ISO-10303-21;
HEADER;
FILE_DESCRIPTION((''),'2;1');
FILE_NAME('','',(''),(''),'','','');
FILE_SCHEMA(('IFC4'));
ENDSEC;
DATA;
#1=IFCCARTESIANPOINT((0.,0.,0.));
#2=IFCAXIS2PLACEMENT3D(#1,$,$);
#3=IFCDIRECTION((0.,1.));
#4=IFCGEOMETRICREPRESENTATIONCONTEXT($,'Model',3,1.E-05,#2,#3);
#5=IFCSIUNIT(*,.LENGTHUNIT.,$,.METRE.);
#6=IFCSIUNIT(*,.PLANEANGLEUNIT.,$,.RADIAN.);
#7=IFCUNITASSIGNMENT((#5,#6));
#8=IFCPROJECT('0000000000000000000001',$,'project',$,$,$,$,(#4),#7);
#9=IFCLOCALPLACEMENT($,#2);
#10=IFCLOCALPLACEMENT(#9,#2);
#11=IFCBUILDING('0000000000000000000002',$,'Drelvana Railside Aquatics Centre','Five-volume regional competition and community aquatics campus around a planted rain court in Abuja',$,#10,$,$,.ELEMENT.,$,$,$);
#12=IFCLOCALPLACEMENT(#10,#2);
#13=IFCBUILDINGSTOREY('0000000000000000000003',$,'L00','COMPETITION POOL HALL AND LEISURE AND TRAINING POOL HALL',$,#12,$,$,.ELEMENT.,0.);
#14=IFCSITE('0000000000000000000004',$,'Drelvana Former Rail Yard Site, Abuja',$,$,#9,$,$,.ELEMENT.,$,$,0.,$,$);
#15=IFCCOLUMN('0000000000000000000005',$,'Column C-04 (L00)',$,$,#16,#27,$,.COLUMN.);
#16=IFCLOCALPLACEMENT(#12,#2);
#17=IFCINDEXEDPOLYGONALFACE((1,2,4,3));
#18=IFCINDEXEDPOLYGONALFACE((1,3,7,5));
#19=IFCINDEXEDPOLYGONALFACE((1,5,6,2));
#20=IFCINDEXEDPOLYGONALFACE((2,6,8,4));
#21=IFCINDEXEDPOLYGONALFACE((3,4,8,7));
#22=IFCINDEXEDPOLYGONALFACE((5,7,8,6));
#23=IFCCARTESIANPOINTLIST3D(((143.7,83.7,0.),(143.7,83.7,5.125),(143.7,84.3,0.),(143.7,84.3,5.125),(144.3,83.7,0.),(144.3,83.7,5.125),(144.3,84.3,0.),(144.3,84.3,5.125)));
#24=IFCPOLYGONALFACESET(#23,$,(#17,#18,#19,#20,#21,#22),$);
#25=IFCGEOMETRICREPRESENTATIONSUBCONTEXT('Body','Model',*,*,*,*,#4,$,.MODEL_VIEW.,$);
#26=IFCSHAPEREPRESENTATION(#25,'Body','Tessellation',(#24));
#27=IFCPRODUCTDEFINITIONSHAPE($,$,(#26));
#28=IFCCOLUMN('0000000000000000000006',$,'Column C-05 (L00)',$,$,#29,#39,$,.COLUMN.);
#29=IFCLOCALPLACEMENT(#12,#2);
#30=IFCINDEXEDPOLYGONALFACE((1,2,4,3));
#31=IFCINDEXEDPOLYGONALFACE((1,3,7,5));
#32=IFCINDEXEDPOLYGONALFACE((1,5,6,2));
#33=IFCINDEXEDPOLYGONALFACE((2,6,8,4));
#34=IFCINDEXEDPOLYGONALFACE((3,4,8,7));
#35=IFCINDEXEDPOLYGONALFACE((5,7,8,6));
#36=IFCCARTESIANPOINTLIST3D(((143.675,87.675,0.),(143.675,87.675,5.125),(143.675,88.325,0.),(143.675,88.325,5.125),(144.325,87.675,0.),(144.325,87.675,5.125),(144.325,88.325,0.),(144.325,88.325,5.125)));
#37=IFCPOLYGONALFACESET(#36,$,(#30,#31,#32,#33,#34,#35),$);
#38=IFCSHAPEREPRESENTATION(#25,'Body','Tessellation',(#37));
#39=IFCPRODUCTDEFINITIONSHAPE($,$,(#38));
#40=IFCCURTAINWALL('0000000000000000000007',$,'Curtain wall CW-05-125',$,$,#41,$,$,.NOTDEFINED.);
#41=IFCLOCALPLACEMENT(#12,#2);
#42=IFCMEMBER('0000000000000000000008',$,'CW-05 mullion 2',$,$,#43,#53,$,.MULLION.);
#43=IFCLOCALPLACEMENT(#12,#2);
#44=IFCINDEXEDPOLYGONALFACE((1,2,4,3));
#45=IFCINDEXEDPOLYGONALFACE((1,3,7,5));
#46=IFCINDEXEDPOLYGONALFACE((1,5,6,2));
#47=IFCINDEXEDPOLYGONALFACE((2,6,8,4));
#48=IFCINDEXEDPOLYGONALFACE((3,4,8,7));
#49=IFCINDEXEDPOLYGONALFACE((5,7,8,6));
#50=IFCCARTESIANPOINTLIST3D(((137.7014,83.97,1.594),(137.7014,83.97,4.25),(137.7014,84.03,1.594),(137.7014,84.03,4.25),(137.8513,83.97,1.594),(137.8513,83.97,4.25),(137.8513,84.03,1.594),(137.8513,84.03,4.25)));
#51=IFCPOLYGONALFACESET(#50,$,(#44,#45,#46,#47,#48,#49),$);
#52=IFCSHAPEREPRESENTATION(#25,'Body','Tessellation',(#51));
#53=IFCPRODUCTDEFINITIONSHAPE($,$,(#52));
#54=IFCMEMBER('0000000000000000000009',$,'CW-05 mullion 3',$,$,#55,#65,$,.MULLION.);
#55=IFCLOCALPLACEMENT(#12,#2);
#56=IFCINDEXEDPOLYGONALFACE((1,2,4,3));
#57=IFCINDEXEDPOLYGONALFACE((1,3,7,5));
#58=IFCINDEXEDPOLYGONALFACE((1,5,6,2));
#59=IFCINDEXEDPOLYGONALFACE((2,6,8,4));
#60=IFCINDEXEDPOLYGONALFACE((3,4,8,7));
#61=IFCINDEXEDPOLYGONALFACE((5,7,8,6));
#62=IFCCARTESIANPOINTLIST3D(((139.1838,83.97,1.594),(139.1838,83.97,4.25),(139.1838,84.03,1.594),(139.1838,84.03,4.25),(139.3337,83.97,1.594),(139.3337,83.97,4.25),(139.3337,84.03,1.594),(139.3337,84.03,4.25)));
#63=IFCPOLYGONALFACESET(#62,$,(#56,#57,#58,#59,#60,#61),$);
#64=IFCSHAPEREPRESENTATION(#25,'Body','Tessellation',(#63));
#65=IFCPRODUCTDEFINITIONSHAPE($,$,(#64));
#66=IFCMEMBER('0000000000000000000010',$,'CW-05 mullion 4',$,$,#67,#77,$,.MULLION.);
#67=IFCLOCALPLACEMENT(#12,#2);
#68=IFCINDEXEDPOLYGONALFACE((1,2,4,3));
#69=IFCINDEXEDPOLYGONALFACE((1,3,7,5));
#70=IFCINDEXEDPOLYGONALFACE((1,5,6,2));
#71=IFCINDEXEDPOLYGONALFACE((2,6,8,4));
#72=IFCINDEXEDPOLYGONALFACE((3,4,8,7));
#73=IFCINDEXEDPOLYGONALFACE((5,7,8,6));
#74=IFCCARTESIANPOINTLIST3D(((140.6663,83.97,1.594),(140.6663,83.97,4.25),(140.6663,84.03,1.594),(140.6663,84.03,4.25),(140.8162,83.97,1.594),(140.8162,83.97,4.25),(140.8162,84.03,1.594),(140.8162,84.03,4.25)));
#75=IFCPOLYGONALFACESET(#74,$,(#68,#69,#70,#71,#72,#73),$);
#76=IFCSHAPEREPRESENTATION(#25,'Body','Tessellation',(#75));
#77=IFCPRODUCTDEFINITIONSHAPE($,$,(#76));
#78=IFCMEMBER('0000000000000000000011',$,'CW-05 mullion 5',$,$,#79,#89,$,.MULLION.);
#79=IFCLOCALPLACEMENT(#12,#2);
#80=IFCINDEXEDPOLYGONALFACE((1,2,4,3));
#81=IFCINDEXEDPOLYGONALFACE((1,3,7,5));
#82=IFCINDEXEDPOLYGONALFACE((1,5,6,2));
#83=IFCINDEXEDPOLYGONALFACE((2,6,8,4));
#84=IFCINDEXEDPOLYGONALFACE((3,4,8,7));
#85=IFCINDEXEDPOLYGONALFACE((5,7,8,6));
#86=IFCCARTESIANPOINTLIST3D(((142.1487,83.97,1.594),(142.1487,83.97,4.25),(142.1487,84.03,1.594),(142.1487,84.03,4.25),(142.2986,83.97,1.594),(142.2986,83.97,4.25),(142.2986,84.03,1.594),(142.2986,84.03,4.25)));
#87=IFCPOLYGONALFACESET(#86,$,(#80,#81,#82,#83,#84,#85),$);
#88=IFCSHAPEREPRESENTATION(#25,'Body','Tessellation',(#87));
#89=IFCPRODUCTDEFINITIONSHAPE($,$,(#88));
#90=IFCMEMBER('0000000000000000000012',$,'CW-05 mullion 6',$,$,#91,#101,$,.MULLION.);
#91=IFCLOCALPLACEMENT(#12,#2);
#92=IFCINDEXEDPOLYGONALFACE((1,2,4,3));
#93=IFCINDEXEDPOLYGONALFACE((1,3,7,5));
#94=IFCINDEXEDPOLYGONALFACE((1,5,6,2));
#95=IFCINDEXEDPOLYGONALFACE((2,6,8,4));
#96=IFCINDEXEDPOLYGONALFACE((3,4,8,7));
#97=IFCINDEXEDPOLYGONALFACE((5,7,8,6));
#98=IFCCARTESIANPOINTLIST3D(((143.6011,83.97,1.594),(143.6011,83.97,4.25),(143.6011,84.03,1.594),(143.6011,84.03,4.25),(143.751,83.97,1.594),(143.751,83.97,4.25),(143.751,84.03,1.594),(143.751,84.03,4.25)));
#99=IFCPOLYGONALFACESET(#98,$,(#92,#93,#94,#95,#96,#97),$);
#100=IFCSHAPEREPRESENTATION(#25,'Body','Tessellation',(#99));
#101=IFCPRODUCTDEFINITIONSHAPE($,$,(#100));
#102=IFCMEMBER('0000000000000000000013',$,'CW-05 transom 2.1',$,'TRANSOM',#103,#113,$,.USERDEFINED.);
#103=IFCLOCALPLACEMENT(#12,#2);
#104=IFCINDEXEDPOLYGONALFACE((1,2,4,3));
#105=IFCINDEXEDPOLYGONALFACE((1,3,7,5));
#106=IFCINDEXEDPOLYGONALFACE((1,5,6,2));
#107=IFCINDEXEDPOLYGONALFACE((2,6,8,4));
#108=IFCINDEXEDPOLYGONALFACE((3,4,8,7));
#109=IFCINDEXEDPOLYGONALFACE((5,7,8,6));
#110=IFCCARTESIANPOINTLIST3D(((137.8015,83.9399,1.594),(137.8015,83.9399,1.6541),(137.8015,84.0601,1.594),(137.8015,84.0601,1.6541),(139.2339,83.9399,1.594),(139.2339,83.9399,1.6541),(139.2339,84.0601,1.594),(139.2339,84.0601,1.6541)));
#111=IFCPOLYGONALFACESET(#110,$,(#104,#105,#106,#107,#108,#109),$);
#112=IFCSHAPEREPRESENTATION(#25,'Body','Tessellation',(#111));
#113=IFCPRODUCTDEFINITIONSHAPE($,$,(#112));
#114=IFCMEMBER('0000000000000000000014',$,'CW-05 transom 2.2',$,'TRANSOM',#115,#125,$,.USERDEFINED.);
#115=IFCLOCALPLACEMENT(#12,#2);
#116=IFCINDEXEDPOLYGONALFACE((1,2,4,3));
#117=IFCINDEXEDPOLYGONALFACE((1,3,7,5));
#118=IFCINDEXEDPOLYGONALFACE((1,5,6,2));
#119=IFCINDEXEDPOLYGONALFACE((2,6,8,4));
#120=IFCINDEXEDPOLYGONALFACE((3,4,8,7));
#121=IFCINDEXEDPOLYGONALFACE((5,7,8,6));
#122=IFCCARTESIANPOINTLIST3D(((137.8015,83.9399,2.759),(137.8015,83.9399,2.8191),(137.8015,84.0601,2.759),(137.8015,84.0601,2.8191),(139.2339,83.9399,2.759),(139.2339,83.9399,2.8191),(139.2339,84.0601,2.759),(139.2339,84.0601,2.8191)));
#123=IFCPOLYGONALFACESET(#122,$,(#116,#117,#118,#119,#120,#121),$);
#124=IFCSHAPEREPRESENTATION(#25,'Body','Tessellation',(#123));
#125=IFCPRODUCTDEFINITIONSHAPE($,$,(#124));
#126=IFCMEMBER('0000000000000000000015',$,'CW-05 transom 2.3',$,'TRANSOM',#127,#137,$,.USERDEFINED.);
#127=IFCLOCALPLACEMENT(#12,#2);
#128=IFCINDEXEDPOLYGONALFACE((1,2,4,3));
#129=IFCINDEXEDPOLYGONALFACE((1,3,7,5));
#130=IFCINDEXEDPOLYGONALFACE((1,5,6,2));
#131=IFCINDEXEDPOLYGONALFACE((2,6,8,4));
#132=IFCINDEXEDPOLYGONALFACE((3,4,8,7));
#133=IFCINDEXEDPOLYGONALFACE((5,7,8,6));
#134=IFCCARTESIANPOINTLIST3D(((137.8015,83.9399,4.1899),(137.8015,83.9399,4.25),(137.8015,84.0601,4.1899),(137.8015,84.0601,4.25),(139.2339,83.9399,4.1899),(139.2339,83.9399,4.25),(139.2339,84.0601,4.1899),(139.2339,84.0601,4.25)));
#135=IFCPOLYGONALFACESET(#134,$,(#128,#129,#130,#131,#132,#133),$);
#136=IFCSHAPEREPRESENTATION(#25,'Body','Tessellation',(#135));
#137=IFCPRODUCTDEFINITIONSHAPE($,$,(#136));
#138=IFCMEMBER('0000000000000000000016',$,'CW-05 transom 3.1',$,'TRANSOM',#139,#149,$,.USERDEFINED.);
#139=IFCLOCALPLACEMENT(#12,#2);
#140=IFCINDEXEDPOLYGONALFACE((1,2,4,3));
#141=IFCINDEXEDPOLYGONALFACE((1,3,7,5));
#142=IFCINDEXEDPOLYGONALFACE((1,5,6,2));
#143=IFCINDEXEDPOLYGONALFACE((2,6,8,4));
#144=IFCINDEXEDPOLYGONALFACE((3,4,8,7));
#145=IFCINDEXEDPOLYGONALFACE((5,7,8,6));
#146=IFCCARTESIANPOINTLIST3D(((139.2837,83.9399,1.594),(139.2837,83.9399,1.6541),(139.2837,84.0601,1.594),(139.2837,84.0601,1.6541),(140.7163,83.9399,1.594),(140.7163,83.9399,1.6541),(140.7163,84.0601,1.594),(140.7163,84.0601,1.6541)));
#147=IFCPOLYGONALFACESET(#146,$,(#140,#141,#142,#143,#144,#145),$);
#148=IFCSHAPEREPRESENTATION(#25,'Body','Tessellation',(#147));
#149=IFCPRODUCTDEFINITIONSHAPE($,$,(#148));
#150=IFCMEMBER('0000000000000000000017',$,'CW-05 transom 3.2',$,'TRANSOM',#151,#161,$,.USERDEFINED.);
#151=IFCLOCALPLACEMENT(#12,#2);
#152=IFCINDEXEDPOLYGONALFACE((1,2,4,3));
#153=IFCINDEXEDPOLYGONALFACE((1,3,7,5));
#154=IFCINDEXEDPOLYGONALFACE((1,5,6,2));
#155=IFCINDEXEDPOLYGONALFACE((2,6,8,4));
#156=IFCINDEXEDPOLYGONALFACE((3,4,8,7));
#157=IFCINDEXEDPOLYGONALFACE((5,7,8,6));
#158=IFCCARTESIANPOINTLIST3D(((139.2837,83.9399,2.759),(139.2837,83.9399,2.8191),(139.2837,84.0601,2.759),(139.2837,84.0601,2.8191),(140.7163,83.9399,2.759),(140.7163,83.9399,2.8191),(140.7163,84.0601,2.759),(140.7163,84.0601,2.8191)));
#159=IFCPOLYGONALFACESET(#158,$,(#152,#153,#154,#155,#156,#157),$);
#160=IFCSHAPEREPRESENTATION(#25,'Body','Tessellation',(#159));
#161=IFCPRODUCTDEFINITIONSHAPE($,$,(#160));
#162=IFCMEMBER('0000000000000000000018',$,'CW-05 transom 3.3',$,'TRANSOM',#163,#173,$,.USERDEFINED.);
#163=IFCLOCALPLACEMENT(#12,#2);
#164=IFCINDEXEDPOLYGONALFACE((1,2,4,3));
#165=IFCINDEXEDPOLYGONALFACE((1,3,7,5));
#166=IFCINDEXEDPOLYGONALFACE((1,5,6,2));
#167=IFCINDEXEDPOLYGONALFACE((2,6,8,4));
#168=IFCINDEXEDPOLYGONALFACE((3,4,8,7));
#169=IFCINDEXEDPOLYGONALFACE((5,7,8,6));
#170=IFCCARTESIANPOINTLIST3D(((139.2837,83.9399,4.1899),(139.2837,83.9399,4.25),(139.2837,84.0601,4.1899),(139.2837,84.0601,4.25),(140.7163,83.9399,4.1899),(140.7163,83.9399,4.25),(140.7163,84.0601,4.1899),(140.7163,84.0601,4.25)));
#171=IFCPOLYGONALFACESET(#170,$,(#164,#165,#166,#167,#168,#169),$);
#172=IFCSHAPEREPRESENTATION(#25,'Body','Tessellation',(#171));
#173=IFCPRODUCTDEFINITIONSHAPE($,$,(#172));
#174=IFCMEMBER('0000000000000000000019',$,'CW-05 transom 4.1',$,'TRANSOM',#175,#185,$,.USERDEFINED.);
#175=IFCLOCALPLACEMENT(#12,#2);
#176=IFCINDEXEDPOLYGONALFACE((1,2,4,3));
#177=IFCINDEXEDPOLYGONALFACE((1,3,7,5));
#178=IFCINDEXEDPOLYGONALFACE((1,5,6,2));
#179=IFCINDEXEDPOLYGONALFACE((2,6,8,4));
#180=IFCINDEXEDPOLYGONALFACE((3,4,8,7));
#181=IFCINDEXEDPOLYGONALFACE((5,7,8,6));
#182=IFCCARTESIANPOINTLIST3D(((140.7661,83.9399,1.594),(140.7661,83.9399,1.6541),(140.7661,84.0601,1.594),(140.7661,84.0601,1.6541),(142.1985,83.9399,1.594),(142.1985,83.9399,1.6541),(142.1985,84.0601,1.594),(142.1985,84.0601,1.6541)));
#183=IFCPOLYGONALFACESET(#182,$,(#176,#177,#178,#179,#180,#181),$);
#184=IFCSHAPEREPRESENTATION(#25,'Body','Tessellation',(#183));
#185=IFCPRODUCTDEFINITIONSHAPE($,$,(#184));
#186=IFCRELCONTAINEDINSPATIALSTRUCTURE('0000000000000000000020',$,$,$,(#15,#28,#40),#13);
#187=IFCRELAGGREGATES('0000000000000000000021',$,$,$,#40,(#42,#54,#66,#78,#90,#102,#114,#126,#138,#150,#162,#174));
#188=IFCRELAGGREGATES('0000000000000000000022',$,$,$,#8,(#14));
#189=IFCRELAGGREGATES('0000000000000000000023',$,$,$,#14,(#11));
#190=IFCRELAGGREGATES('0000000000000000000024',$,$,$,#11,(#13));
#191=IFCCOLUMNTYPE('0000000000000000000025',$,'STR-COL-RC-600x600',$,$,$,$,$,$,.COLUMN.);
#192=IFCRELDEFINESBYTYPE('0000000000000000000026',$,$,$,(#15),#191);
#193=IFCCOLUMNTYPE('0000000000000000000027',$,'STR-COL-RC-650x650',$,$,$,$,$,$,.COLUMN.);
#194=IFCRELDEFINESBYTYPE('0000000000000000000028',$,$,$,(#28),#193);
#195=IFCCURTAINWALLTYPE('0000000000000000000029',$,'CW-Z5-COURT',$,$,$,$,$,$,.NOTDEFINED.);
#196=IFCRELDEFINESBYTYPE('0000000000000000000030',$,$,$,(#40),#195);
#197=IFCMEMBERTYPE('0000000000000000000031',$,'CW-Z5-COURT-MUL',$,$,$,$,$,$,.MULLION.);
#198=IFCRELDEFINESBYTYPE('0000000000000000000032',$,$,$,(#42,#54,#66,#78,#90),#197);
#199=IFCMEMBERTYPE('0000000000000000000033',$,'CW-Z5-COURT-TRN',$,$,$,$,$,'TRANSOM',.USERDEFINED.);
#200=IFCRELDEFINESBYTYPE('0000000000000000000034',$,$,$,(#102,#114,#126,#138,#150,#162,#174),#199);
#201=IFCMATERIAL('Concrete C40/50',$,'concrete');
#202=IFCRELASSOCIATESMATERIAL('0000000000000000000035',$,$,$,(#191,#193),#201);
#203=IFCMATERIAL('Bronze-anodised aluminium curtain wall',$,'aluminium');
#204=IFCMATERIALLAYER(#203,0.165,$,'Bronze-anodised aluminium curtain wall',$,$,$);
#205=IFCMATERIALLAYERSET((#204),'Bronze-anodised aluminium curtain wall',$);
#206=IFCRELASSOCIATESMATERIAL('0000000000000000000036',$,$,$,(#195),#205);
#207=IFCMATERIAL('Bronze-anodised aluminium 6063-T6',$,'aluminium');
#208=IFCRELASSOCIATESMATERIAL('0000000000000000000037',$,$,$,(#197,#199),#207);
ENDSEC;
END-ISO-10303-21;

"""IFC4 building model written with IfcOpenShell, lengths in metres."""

from ifc_helpers import new_model, si_unit, direction, frame, origin, origin_2d, place, context, subcontext, project, spatial, rectangle, extrude, material, layer, layer_set, material_profile, profile_set, type_object, element, aggregate, save


model = new_model("IFC4")

# Units and contexts
model_context = context("Model", 3, precision=1e-05, world=origin(), true_north=direction((0.0, 1.0)))
body_context = subcontext(model_context, "Body", "Model", "MODEL_VIEW")
ifc_project = project(units=[si_unit("LENGTHUNIT", "METRE"), si_unit("PLANEANGLEUNIT", "RADIAN")], contexts=[model_context])

# Site, building, storey
site_placement = place(None, origin())
site = spatial("IfcSite", under=ifc_project, at=site_placement, Name="Drelvana Former Rail Yard Site, Abuja", CompositionType="ELEMENT", RefElevation=0.0)
building_placement = place(site_placement, origin())
building = spatial("IfcBuilding", under=site, at=building_placement, Name="Drelvana Railside Aquatics Centre", Description="Five-volume regional competition and community aquatics campus around a planted rain court in Abuja", CompositionType="ELEMENT")
storey_placement = place(building_placement, origin())
storey = spatial("IfcBuildingStorey", under=building, at=storey_placement, Name="L00", Description="COMPETITION POOL HALL AND LEISURE AND TRAINING POOL HALL", CompositionType="ELEMENT", Elevation=0.0)

# Columns
ifc_material_1 = material(Name="Concrete C40/50", Category="concrete")
ifc_material_profile_1 = material_profile(ifc_material_1, rectangle(XDim=0.6001, YDim=0.6001, at=origin_2d()), Name="RC 600x600")
ifc_profile_set_1 = profile_set([ifc_material_profile_1], Name="Concrete C40/50")
column_type_1 = type_object("IfcColumnType", Name="STR-COL-RC-600x600", PredefinedType="COLUMN", material=ifc_profile_set_1)
column_1_placement = place(storey_placement, frame((144.0, 84.0, 0.0), z_axis=(0.0, 0.0, 1.0), x_axis=(1.0, 0.0, 0.0)))
element("IfcColumn", 1, at=column_1_placement, inside=storey, type_object=column_type_1, Name="Column C-04 (L00)", PredefinedType="COLUMN", context=body_context, shape_type="SweptSolid", body=[
    extrude(rectangle(XDim=0.6001, YDim=0.6001, at=origin_2d()), origin(), (0.0, 0.0, 1.0), 5.125),
])
ifc_material_profile_2 = material_profile(ifc_material_1, rectangle(XDim=0.6499, YDim=0.6499, at=origin_2d()), Name="RC 650x650")
ifc_profile_set_2 = profile_set([ifc_material_profile_2], Name="Concrete C40/50")
column_type_2 = type_object("IfcColumnType", Name="STR-COL-RC-650x650", PredefinedType="COLUMN", material=ifc_profile_set_2)
column_2_placement = place(storey_placement, frame((144.0, 88.0, 0.0), z_axis=(0.0, 0.0, 1.0), x_axis=(1.0, 0.0, 0.0)))
element("IfcColumn", 2, at=column_2_placement, inside=storey, type_object=column_type_2, Name="Column C-05 (L00)", PredefinedType="COLUMN", context=body_context, shape_type="SweptSolid", body=[
    extrude(rectangle(XDim=0.6499, YDim=0.6499, at=origin_2d()), origin(), (0.0, 0.0, 1.0), 5.125),
])

# Curtain wall, members
ifc_material_2 = material(Name="Bronze-anodised aluminium curtain wall", Category="aluminium")
ifc_layer_1 = layer(ifc_material_2, 0.165, Name="Bronze-anodised aluminium curtain wall")
ifc_layer_set_1 = layer_set([ifc_layer_1], Name="Bronze-anodised aluminium curtain wall")
curtain_wall_type = type_object("IfcCurtainWallType", Name="CW-Z5-COURT", PredefinedType="NOTDEFINED", material=ifc_layer_set_1)
curtain_wall_placement = place(storey_placement, origin())
curtain_wall = element("IfcCurtainWall", 3, at=curtain_wall_placement, inside=storey, type_object=curtain_wall_type, Name="Curtain wall CW-05-125", PredefinedType="NOTDEFINED")
ifc_material_3 = material(Name="Bronze-anodised aluminium 6063-T6", Category="aluminium")
ifc_material_profile_3 = material_profile(ifc_material_3, rectangle(XDim=0.0601, YDim=0.1499, at=origin_2d()), Name="ALU-M 60x150")
ifc_profile_set_3 = profile_set([ifc_material_profile_3], Name="Bronze-anodised aluminium 6063-T6")
member_type_1 = type_object("IfcMemberType", Name="CW-Z5-COURT-MUL", PredefinedType="MULLION", material=ifc_profile_set_3)
member_1_placement = place(storey_placement, frame((137.7764, 84.0, 1.594), z_axis=(0.0, 0.0, 1.0), x_axis=(0.0, 1.0, 0.0)))
member_1 = element("IfcMember", 4, at=member_1_placement, type_object=member_type_1, Name="CW-05 mullion 2", PredefinedType="MULLION", context=body_context, shape_type="SweptSolid", body=[
    extrude(rectangle(XDim=0.0601, YDim=0.1499, at=origin_2d()), origin(), (0.0, 0.0, 1.0), 2.656),
])
member_2_placement = place(storey_placement, frame((139.2588, 84.0, 1.594), z_axis=(0.0, 0.0, 1.0), x_axis=(0.0, 1.0, 0.0)))
member_2 = element("IfcMember", 5, at=member_2_placement, type_object=member_type_1, Name="CW-05 mullion 3", PredefinedType="MULLION", context=body_context, shape_type="SweptSolid", body=[
    extrude(rectangle(XDim=0.0601, YDim=0.1499, at=origin_2d()), origin(), (0.0, 0.0, 1.0), 2.656),
])
member_3_placement = place(storey_placement, frame((140.7412, 84.0, 1.594), z_axis=(0.0, 0.0, 1.0), x_axis=(0.0, 1.0, 0.0)))
member_3 = element("IfcMember", 6, at=member_3_placement, type_object=member_type_1, Name="CW-05 mullion 4", PredefinedType="MULLION", context=body_context, shape_type="SweptSolid", body=[
    extrude(rectangle(XDim=0.0601, YDim=0.1499, at=origin_2d()), origin(), (0.0, 0.0, 1.0), 2.656),
])
member_4_placement = place(storey_placement, frame((142.2236, 84.0, 1.594), z_axis=(0.0, 0.0, 1.0), x_axis=(0.0, 1.0, 0.0)))
member_4 = element("IfcMember", 7, at=member_4_placement, type_object=member_type_1, Name="CW-05 mullion 5", PredefinedType="MULLION", context=body_context, shape_type="SweptSolid", body=[
    extrude(rectangle(XDim=0.0601, YDim=0.1499, at=origin_2d()), origin(), (0.0, 0.0, 1.0), 2.656),
])
member_5_placement = place(storey_placement, frame((143.676, 84.0, 1.594), z_axis=(0.0, 0.0, 1.0), x_axis=(0.0, 1.0, 0.0)))
member_5 = element("IfcMember", 8, at=member_5_placement, type_object=member_type_1, Name="CW-05 mullion 6", PredefinedType="MULLION", context=body_context, shape_type="SweptSolid", body=[
    extrude(rectangle(XDim=0.0601, YDim=0.1499, at=origin_2d()), origin(), (0.0, 0.0, 1.0), 2.656),
])
ifc_material_profile_4 = material_profile(ifc_material_3, rectangle(XDim=0.1201, YDim=0.0601, at=origin_2d()), Name="ALU-T 60x120")
ifc_profile_set_4 = profile_set([ifc_material_profile_4], Name="Bronze-anodised aluminium 6063-T6")
member_type_2 = type_object("IfcMemberType", Name="CW-Z5-COURT-TRN", ElementType="TRANSOM", PredefinedType="USERDEFINED", material=ifc_profile_set_4)
member_6_placement = place(storey_placement, frame((137.8015, 84.0, 1.624), z_axis=(1.0, 0.0, 0.0), x_axis=(0.0, 1.0, 0.0)))
member_6 = element("IfcMember", 9, at=member_6_placement, type_object=member_type_2, Name="CW-05 transom 2.1", ObjectType="TRANSOM", PredefinedType="USERDEFINED", context=body_context, shape_type="SweptSolid", body=[
    extrude(rectangle(XDim=0.1201, YDim=0.0601, at=origin_2d()), origin(), (0.0, 0.0, 1.0), 1.4324),
])
member_7_placement = place(storey_placement, frame((137.8015, 84.0, 2.7891), z_axis=(1.0, 0.0, 0.0), x_axis=(0.0, 1.0, 0.0)))
member_7 = element("IfcMember", 10, at=member_7_placement, type_object=member_type_2, Name="CW-05 transom 2.2", ObjectType="TRANSOM", PredefinedType="USERDEFINED", context=body_context, shape_type="SweptSolid", body=[
    extrude(rectangle(XDim=0.1201, YDim=0.0601, at=origin_2d()), origin(), (0.0, 0.0, 1.0), 1.4324),
])
member_8_placement = place(storey_placement, frame((137.8015, 84.0, 4.22), z_axis=(1.0, 0.0, 0.0), x_axis=(0.0, 1.0, 0.0)))
member_8 = element("IfcMember", 11, at=member_8_placement, type_object=member_type_2, Name="CW-05 transom 2.3", ObjectType="TRANSOM", PredefinedType="USERDEFINED", context=body_context, shape_type="SweptSolid", body=[
    extrude(rectangle(XDim=0.1201, YDim=0.0601, at=origin_2d()), origin(), (0.0, 0.0, 1.0), 1.4324),
])
member_9_placement = place(storey_placement, frame((139.2837, 84.0, 1.624), z_axis=(1.0, 0.0, 0.0), x_axis=(0.0, 1.0, 0.0)))
member_9 = element("IfcMember", 12, at=member_9_placement, type_object=member_type_2, Name="CW-05 transom 3.1", ObjectType="TRANSOM", PredefinedType="USERDEFINED", context=body_context, shape_type="SweptSolid", body=[
    extrude(rectangle(XDim=0.1201, YDim=0.0601, at=origin_2d()), origin(), (0.0, 0.0, 1.0), 1.4326),
])
member_10_placement = place(storey_placement, frame((139.2837, 84.0, 2.7891), z_axis=(1.0, 0.0, 0.0), x_axis=(0.0, 1.0, 0.0)))
member_10 = element("IfcMember", 13, at=member_10_placement, type_object=member_type_2, Name="CW-05 transom 3.2", ObjectType="TRANSOM", PredefinedType="USERDEFINED", context=body_context, shape_type="SweptSolid", body=[
    extrude(rectangle(XDim=0.1201, YDim=0.0601, at=origin_2d()), origin(), (0.0, 0.0, 1.0), 1.4326),
])
member_11_placement = place(storey_placement, frame((139.2837, 84.0, 4.22), z_axis=(1.0, 0.0, 0.0), x_axis=(0.0, 1.0, 0.0)))
member_11 = element("IfcMember", 14, at=member_11_placement, type_object=member_type_2, Name="CW-05 transom 3.3", ObjectType="TRANSOM", PredefinedType="USERDEFINED", context=body_context, shape_type="SweptSolid", body=[
    extrude(rectangle(XDim=0.1201, YDim=0.0601, at=origin_2d()), origin(), (0.0, 0.0, 1.0), 1.4326),
])
member_12_placement = place(storey_placement, frame((140.7661, 84.0, 1.624), z_axis=(1.0, 0.0, 0.0), x_axis=(0.0, 1.0, 0.0)))
member_12 = element("IfcMember", 15, at=member_12_placement, type_object=member_type_2, Name="CW-05 transom 4.1", ObjectType="TRANSOM", PredefinedType="USERDEFINED", context=body_context, shape_type="SweptSolid", body=[
    extrude(rectangle(XDim=0.1201, YDim=0.0601, at=origin_2d()), origin(), (0.0, 0.0, 1.0), 1.4324),
])

aggregate(curtain_wall, [member_1, member_2, member_3, member_4, member_5, member_6, member_7, member_8, member_9, member_10, member_11, member_12])

save(model, "model.ifc")
